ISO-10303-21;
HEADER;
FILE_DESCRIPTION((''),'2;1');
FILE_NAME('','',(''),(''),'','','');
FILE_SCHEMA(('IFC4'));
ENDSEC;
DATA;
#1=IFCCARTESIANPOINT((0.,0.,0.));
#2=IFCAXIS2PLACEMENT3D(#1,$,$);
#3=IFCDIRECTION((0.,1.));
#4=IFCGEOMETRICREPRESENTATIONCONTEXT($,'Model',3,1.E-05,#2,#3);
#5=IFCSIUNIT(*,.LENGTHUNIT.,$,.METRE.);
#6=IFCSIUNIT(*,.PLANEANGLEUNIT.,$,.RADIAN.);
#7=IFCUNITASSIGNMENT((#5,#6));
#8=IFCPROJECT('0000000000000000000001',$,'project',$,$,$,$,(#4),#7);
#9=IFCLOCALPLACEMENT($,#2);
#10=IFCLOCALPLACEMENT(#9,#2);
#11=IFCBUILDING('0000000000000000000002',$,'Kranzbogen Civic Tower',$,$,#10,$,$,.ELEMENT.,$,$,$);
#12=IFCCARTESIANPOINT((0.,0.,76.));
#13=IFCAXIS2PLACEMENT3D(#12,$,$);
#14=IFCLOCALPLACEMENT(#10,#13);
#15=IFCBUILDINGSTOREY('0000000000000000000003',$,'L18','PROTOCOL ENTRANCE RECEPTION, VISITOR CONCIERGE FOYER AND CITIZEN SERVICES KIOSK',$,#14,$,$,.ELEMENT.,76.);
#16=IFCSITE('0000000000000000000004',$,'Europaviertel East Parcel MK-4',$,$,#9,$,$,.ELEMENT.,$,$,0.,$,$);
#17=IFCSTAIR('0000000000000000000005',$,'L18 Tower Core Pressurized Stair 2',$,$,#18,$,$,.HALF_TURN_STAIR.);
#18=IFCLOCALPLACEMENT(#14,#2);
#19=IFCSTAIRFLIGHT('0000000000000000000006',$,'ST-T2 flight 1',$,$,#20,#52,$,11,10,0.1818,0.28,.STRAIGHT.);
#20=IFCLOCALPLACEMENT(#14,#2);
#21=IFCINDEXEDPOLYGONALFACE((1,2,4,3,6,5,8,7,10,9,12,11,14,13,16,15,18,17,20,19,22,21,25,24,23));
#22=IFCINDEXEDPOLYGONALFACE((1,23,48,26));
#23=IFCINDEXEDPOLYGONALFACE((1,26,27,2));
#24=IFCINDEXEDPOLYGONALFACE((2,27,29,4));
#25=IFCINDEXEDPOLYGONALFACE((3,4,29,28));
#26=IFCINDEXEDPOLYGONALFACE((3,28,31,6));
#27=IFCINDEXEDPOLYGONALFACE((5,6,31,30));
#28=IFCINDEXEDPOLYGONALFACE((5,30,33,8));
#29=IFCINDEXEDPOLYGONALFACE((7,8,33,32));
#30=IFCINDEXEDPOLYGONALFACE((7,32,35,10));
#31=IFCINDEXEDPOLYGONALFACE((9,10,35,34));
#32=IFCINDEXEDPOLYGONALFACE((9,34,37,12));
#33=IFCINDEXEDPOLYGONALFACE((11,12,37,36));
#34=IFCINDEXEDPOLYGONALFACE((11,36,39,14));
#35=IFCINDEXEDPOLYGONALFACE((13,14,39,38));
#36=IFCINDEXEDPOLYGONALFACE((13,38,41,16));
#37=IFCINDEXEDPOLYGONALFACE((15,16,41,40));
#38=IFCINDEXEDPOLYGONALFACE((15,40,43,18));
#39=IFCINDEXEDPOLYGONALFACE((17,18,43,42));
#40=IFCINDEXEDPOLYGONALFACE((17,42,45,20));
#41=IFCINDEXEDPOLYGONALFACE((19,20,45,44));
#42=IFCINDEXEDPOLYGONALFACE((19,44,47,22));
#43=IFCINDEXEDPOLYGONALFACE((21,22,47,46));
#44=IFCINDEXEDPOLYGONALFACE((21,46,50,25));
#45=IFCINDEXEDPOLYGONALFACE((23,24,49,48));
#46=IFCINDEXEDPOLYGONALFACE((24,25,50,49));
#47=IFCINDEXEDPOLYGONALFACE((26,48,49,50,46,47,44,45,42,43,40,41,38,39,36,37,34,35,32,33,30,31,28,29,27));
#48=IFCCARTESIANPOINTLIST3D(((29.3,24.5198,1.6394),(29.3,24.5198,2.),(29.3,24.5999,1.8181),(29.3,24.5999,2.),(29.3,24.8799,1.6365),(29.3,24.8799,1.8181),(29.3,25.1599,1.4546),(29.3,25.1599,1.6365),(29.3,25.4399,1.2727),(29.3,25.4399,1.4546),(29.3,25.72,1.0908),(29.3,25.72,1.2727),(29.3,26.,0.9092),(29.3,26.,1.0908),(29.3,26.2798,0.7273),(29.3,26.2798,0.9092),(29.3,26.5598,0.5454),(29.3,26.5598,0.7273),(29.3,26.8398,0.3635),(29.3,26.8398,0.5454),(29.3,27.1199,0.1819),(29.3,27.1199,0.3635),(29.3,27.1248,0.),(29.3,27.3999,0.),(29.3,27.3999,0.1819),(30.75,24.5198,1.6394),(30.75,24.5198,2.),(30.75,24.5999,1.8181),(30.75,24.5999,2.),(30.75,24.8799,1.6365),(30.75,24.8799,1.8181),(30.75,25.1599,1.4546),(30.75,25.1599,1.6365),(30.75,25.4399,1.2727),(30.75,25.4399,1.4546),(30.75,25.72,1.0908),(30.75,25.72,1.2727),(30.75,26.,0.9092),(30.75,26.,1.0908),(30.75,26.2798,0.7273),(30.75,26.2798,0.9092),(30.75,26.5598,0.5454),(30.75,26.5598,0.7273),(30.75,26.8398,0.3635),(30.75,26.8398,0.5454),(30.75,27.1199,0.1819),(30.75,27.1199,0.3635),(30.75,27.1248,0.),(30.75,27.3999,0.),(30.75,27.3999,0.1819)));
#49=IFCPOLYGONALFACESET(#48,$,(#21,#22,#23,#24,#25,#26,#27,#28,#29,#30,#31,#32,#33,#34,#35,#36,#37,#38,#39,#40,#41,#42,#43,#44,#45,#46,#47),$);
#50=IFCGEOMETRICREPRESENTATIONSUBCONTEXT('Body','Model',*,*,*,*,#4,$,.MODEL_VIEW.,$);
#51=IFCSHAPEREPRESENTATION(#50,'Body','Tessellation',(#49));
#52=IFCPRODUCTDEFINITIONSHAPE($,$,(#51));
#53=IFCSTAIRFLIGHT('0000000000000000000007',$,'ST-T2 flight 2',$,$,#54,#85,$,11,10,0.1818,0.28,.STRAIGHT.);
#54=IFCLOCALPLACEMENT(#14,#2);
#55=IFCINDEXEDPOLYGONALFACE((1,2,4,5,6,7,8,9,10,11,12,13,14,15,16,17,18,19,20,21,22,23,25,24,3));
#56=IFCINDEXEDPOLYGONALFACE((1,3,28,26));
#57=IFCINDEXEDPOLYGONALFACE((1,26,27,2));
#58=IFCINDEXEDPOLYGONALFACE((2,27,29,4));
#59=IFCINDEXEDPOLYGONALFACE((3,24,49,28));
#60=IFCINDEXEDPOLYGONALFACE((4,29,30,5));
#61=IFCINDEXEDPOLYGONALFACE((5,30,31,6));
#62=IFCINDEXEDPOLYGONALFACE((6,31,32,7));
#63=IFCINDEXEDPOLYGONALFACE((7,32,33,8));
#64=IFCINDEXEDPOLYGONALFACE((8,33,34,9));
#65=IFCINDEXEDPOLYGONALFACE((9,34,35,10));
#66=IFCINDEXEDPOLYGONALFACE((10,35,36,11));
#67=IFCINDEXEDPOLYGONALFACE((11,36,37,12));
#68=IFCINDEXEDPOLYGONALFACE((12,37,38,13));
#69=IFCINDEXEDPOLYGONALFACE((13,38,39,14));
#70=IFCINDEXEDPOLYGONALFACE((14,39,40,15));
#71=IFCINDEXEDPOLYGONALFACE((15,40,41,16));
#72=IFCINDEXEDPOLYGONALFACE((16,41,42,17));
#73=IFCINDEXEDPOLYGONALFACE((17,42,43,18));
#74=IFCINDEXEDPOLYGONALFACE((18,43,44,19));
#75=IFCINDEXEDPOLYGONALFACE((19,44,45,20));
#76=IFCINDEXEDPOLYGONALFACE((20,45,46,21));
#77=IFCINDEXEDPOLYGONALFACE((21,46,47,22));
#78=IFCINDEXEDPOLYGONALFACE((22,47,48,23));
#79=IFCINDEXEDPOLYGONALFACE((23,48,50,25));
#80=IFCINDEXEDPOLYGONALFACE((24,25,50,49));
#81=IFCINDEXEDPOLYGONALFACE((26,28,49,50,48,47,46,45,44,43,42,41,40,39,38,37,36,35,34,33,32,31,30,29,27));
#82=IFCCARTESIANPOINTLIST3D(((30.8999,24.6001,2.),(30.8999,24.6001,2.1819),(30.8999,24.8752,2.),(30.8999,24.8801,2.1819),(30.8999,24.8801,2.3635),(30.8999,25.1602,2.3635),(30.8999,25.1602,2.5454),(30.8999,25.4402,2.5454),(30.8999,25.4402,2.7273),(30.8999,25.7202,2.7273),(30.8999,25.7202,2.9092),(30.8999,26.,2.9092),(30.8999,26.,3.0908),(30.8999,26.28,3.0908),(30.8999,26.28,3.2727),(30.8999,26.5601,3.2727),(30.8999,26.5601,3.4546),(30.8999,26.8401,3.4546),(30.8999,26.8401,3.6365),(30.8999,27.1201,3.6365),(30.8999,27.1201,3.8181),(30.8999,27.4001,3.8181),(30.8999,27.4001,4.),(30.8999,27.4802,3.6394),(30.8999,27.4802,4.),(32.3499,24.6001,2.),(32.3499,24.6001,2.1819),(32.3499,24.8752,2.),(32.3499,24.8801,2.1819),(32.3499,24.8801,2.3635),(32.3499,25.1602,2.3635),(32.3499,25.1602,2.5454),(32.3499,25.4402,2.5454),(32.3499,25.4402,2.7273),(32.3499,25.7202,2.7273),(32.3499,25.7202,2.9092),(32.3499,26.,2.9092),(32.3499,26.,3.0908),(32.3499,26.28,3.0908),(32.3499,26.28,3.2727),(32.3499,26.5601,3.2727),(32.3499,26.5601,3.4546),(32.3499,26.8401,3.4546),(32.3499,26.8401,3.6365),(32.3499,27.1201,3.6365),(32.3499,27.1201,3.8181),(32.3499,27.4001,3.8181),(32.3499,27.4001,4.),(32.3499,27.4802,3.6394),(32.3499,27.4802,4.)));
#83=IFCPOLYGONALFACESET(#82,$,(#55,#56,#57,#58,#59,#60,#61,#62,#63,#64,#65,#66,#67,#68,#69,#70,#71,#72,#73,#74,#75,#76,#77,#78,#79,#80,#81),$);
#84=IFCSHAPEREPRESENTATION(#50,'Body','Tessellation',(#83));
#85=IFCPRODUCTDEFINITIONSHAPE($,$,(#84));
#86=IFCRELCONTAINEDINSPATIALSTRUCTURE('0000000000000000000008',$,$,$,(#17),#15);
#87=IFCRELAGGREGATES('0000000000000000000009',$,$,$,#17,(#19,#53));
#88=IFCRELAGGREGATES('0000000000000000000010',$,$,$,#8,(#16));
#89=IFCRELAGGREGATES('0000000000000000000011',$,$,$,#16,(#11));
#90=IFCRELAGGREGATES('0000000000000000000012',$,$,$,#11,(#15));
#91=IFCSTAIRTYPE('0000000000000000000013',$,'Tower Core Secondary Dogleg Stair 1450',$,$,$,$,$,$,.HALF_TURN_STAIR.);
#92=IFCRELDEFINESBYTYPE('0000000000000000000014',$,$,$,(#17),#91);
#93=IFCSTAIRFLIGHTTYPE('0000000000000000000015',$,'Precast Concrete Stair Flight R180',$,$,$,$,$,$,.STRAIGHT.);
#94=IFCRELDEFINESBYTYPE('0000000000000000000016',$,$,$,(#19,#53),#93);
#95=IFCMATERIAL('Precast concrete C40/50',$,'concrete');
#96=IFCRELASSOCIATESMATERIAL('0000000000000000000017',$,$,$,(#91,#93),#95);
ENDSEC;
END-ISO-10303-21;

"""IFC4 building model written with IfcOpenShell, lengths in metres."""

from ifc_helpers import new_model, si_unit, direction, frame, origin, place, context, subcontext, project, spatial, polyline, outline, extrude, material, type_object, element, aggregate, save


model = new_model("IFC4")

# Units and contexts
model_context = context("Model", 3, precision=1e-05, world=origin(), true_north=direction((0.0, 1.0)))
body_context = subcontext(model_context, "Body", "Model", "MODEL_VIEW")
ifc_project = project(units=[si_unit("LENGTHUNIT", "METRE"), si_unit("PLANEANGLEUNIT", "RADIAN")], contexts=[model_context])

# Site, building, storey
site_placement = place(None, origin())
site = spatial("IfcSite", under=ifc_project, at=site_placement, Name="Europaviertel East Parcel MK-4", CompositionType="ELEMENT", RefElevation=0.0)
building_placement = place(site_placement, origin())
building = spatial("IfcBuilding", under=site, at=building_placement, Name="Kranzbogen Civic Tower", CompositionType="ELEMENT")
storey_placement = place(building_placement, frame((0.0, 0.0, 76.0)))
storey = spatial("IfcBuildingStorey", under=building, at=storey_placement, Name="L18", Description="PROTOCOL ENTRANCE RECEPTION, VISITOR CONCIERGE FOYER AND CITIZEN SERVICES KIOSK", CompositionType="ELEMENT", Elevation=76.0)

# Stair, stair flights
ifc_material_1 = material(Name="Precast concrete C40/50", Category="concrete")
stair_type = type_object("IfcStairType", Name="Tower Core Secondary Dogleg Stair 1450", PredefinedType="HALF_TURN_STAIR", material=ifc_material_1)
stair_placement = place(storey_placement, origin())
stair = element("IfcStair", 1, at=stair_placement, inside=storey, type_object=stair_type, Name="L18 Tower Core Pressurized Stair 2", PredefinedType="HALF_TURN_STAIR")
stair_flight_type = type_object("IfcStairFlightType", Name="Precast Concrete Stair Flight R180", PredefinedType="STRAIGHT", material=ifc_material_1)
stair_flight_1_placement = place(storey_placement, frame((30.0249, 27.3999, 0.0), z_axis=(0.0, 0.0, 1.0), x_axis=(0.0, -1.0, 0.0)))
stair_flight_1 = element("IfcStairFlight", 2, at=stair_flight_1_placement, type_object=stair_flight_type, Name="ST-T2 flight 1", NumberOfRisers=11, NumberOfTreads=10, PredefinedType="STRAIGHT", RiserHeight=0.1818, TreadLength=0.28, context=body_context, shape_type="SweptSolid", body=[
    extrude(outline(polyline([(0.0, 0.0), (0.0, 0.1819), (0.28, 0.1819), (0.28, 0.3635), (0.5601, 0.3635), (0.5601, 0.5454), (0.8401, 0.5454), (0.8401, 0.7273), (1.1201, 0.7273), (1.1201, 0.9092), (1.3999, 0.9092), (1.3999, 1.0908), (1.6799, 1.0908), (1.6799, 1.2727), (1.96, 1.2727), (1.96, 1.4546), (2.24, 1.4546), (2.24, 1.6365), (2.52, 1.6365), (2.52, 1.8181), (2.8, 1.8181), (2.8, 2.0), (2.8801, 2.0), (2.8801, 1.6394), (0.2751, 0.0), (0.0, 0.0)])), frame((0.0, 0.7251, 0.0), z_axis=(0.0, -1.0, 0.0), x_axis=(1.0, 0.0, 0.0)), (0.0, 0.0, 1.0), 1.45),
])
stair_flight_2_placement = place(storey_placement, frame((31.625, 24.6001, 2.0), z_axis=(0.0, 0.0, 1.0), x_axis=(0.0, 1.0, 0.0)))
stair_flight_2 = element("IfcStairFlight", 3, at=stair_flight_2_placement, type_object=stair_flight_type, Name="ST-T2 flight 2", NumberOfRisers=11, NumberOfTreads=10, PredefinedType="STRAIGHT", RiserHeight=0.1818, TreadLength=0.28, context=body_context, shape_type="SweptSolid", body=[
    extrude(outline(polyline([(0.0, 0.0), (0.0, 0.1819), (0.28, 0.1819), (0.28, 0.3635), (0.5601, 0.3635), (0.5601, 0.5454), (0.8401, 0.5454), (0.8401, 0.7273), (1.1201, 0.7273), (1.1201, 0.9092), (1.3999, 0.9092), (1.3999, 1.0908), (1.6799, 1.0908), (1.6799, 1.2727), (1.96, 1.2727), (1.96, 1.4546), (2.24, 1.4546), (2.24, 1.6365), (2.52, 1.6365), (2.52, 1.8181), (2.8, 1.8181), (2.8, 2.0), (2.8801, 2.0), (2.8801, 1.6394), (0.2751, 0.0), (0.0, 0.0)])), frame((0.0, 0.7251, 0.0), z_axis=(0.0, -1.0, 0.0), x_axis=(1.0, 0.0, 0.0)), (0.0, 0.0, 1.0), 1.45),
])
aggregate(stair, [stair_flight_1, stair_flight_2])

save(model, "model.ifc")
